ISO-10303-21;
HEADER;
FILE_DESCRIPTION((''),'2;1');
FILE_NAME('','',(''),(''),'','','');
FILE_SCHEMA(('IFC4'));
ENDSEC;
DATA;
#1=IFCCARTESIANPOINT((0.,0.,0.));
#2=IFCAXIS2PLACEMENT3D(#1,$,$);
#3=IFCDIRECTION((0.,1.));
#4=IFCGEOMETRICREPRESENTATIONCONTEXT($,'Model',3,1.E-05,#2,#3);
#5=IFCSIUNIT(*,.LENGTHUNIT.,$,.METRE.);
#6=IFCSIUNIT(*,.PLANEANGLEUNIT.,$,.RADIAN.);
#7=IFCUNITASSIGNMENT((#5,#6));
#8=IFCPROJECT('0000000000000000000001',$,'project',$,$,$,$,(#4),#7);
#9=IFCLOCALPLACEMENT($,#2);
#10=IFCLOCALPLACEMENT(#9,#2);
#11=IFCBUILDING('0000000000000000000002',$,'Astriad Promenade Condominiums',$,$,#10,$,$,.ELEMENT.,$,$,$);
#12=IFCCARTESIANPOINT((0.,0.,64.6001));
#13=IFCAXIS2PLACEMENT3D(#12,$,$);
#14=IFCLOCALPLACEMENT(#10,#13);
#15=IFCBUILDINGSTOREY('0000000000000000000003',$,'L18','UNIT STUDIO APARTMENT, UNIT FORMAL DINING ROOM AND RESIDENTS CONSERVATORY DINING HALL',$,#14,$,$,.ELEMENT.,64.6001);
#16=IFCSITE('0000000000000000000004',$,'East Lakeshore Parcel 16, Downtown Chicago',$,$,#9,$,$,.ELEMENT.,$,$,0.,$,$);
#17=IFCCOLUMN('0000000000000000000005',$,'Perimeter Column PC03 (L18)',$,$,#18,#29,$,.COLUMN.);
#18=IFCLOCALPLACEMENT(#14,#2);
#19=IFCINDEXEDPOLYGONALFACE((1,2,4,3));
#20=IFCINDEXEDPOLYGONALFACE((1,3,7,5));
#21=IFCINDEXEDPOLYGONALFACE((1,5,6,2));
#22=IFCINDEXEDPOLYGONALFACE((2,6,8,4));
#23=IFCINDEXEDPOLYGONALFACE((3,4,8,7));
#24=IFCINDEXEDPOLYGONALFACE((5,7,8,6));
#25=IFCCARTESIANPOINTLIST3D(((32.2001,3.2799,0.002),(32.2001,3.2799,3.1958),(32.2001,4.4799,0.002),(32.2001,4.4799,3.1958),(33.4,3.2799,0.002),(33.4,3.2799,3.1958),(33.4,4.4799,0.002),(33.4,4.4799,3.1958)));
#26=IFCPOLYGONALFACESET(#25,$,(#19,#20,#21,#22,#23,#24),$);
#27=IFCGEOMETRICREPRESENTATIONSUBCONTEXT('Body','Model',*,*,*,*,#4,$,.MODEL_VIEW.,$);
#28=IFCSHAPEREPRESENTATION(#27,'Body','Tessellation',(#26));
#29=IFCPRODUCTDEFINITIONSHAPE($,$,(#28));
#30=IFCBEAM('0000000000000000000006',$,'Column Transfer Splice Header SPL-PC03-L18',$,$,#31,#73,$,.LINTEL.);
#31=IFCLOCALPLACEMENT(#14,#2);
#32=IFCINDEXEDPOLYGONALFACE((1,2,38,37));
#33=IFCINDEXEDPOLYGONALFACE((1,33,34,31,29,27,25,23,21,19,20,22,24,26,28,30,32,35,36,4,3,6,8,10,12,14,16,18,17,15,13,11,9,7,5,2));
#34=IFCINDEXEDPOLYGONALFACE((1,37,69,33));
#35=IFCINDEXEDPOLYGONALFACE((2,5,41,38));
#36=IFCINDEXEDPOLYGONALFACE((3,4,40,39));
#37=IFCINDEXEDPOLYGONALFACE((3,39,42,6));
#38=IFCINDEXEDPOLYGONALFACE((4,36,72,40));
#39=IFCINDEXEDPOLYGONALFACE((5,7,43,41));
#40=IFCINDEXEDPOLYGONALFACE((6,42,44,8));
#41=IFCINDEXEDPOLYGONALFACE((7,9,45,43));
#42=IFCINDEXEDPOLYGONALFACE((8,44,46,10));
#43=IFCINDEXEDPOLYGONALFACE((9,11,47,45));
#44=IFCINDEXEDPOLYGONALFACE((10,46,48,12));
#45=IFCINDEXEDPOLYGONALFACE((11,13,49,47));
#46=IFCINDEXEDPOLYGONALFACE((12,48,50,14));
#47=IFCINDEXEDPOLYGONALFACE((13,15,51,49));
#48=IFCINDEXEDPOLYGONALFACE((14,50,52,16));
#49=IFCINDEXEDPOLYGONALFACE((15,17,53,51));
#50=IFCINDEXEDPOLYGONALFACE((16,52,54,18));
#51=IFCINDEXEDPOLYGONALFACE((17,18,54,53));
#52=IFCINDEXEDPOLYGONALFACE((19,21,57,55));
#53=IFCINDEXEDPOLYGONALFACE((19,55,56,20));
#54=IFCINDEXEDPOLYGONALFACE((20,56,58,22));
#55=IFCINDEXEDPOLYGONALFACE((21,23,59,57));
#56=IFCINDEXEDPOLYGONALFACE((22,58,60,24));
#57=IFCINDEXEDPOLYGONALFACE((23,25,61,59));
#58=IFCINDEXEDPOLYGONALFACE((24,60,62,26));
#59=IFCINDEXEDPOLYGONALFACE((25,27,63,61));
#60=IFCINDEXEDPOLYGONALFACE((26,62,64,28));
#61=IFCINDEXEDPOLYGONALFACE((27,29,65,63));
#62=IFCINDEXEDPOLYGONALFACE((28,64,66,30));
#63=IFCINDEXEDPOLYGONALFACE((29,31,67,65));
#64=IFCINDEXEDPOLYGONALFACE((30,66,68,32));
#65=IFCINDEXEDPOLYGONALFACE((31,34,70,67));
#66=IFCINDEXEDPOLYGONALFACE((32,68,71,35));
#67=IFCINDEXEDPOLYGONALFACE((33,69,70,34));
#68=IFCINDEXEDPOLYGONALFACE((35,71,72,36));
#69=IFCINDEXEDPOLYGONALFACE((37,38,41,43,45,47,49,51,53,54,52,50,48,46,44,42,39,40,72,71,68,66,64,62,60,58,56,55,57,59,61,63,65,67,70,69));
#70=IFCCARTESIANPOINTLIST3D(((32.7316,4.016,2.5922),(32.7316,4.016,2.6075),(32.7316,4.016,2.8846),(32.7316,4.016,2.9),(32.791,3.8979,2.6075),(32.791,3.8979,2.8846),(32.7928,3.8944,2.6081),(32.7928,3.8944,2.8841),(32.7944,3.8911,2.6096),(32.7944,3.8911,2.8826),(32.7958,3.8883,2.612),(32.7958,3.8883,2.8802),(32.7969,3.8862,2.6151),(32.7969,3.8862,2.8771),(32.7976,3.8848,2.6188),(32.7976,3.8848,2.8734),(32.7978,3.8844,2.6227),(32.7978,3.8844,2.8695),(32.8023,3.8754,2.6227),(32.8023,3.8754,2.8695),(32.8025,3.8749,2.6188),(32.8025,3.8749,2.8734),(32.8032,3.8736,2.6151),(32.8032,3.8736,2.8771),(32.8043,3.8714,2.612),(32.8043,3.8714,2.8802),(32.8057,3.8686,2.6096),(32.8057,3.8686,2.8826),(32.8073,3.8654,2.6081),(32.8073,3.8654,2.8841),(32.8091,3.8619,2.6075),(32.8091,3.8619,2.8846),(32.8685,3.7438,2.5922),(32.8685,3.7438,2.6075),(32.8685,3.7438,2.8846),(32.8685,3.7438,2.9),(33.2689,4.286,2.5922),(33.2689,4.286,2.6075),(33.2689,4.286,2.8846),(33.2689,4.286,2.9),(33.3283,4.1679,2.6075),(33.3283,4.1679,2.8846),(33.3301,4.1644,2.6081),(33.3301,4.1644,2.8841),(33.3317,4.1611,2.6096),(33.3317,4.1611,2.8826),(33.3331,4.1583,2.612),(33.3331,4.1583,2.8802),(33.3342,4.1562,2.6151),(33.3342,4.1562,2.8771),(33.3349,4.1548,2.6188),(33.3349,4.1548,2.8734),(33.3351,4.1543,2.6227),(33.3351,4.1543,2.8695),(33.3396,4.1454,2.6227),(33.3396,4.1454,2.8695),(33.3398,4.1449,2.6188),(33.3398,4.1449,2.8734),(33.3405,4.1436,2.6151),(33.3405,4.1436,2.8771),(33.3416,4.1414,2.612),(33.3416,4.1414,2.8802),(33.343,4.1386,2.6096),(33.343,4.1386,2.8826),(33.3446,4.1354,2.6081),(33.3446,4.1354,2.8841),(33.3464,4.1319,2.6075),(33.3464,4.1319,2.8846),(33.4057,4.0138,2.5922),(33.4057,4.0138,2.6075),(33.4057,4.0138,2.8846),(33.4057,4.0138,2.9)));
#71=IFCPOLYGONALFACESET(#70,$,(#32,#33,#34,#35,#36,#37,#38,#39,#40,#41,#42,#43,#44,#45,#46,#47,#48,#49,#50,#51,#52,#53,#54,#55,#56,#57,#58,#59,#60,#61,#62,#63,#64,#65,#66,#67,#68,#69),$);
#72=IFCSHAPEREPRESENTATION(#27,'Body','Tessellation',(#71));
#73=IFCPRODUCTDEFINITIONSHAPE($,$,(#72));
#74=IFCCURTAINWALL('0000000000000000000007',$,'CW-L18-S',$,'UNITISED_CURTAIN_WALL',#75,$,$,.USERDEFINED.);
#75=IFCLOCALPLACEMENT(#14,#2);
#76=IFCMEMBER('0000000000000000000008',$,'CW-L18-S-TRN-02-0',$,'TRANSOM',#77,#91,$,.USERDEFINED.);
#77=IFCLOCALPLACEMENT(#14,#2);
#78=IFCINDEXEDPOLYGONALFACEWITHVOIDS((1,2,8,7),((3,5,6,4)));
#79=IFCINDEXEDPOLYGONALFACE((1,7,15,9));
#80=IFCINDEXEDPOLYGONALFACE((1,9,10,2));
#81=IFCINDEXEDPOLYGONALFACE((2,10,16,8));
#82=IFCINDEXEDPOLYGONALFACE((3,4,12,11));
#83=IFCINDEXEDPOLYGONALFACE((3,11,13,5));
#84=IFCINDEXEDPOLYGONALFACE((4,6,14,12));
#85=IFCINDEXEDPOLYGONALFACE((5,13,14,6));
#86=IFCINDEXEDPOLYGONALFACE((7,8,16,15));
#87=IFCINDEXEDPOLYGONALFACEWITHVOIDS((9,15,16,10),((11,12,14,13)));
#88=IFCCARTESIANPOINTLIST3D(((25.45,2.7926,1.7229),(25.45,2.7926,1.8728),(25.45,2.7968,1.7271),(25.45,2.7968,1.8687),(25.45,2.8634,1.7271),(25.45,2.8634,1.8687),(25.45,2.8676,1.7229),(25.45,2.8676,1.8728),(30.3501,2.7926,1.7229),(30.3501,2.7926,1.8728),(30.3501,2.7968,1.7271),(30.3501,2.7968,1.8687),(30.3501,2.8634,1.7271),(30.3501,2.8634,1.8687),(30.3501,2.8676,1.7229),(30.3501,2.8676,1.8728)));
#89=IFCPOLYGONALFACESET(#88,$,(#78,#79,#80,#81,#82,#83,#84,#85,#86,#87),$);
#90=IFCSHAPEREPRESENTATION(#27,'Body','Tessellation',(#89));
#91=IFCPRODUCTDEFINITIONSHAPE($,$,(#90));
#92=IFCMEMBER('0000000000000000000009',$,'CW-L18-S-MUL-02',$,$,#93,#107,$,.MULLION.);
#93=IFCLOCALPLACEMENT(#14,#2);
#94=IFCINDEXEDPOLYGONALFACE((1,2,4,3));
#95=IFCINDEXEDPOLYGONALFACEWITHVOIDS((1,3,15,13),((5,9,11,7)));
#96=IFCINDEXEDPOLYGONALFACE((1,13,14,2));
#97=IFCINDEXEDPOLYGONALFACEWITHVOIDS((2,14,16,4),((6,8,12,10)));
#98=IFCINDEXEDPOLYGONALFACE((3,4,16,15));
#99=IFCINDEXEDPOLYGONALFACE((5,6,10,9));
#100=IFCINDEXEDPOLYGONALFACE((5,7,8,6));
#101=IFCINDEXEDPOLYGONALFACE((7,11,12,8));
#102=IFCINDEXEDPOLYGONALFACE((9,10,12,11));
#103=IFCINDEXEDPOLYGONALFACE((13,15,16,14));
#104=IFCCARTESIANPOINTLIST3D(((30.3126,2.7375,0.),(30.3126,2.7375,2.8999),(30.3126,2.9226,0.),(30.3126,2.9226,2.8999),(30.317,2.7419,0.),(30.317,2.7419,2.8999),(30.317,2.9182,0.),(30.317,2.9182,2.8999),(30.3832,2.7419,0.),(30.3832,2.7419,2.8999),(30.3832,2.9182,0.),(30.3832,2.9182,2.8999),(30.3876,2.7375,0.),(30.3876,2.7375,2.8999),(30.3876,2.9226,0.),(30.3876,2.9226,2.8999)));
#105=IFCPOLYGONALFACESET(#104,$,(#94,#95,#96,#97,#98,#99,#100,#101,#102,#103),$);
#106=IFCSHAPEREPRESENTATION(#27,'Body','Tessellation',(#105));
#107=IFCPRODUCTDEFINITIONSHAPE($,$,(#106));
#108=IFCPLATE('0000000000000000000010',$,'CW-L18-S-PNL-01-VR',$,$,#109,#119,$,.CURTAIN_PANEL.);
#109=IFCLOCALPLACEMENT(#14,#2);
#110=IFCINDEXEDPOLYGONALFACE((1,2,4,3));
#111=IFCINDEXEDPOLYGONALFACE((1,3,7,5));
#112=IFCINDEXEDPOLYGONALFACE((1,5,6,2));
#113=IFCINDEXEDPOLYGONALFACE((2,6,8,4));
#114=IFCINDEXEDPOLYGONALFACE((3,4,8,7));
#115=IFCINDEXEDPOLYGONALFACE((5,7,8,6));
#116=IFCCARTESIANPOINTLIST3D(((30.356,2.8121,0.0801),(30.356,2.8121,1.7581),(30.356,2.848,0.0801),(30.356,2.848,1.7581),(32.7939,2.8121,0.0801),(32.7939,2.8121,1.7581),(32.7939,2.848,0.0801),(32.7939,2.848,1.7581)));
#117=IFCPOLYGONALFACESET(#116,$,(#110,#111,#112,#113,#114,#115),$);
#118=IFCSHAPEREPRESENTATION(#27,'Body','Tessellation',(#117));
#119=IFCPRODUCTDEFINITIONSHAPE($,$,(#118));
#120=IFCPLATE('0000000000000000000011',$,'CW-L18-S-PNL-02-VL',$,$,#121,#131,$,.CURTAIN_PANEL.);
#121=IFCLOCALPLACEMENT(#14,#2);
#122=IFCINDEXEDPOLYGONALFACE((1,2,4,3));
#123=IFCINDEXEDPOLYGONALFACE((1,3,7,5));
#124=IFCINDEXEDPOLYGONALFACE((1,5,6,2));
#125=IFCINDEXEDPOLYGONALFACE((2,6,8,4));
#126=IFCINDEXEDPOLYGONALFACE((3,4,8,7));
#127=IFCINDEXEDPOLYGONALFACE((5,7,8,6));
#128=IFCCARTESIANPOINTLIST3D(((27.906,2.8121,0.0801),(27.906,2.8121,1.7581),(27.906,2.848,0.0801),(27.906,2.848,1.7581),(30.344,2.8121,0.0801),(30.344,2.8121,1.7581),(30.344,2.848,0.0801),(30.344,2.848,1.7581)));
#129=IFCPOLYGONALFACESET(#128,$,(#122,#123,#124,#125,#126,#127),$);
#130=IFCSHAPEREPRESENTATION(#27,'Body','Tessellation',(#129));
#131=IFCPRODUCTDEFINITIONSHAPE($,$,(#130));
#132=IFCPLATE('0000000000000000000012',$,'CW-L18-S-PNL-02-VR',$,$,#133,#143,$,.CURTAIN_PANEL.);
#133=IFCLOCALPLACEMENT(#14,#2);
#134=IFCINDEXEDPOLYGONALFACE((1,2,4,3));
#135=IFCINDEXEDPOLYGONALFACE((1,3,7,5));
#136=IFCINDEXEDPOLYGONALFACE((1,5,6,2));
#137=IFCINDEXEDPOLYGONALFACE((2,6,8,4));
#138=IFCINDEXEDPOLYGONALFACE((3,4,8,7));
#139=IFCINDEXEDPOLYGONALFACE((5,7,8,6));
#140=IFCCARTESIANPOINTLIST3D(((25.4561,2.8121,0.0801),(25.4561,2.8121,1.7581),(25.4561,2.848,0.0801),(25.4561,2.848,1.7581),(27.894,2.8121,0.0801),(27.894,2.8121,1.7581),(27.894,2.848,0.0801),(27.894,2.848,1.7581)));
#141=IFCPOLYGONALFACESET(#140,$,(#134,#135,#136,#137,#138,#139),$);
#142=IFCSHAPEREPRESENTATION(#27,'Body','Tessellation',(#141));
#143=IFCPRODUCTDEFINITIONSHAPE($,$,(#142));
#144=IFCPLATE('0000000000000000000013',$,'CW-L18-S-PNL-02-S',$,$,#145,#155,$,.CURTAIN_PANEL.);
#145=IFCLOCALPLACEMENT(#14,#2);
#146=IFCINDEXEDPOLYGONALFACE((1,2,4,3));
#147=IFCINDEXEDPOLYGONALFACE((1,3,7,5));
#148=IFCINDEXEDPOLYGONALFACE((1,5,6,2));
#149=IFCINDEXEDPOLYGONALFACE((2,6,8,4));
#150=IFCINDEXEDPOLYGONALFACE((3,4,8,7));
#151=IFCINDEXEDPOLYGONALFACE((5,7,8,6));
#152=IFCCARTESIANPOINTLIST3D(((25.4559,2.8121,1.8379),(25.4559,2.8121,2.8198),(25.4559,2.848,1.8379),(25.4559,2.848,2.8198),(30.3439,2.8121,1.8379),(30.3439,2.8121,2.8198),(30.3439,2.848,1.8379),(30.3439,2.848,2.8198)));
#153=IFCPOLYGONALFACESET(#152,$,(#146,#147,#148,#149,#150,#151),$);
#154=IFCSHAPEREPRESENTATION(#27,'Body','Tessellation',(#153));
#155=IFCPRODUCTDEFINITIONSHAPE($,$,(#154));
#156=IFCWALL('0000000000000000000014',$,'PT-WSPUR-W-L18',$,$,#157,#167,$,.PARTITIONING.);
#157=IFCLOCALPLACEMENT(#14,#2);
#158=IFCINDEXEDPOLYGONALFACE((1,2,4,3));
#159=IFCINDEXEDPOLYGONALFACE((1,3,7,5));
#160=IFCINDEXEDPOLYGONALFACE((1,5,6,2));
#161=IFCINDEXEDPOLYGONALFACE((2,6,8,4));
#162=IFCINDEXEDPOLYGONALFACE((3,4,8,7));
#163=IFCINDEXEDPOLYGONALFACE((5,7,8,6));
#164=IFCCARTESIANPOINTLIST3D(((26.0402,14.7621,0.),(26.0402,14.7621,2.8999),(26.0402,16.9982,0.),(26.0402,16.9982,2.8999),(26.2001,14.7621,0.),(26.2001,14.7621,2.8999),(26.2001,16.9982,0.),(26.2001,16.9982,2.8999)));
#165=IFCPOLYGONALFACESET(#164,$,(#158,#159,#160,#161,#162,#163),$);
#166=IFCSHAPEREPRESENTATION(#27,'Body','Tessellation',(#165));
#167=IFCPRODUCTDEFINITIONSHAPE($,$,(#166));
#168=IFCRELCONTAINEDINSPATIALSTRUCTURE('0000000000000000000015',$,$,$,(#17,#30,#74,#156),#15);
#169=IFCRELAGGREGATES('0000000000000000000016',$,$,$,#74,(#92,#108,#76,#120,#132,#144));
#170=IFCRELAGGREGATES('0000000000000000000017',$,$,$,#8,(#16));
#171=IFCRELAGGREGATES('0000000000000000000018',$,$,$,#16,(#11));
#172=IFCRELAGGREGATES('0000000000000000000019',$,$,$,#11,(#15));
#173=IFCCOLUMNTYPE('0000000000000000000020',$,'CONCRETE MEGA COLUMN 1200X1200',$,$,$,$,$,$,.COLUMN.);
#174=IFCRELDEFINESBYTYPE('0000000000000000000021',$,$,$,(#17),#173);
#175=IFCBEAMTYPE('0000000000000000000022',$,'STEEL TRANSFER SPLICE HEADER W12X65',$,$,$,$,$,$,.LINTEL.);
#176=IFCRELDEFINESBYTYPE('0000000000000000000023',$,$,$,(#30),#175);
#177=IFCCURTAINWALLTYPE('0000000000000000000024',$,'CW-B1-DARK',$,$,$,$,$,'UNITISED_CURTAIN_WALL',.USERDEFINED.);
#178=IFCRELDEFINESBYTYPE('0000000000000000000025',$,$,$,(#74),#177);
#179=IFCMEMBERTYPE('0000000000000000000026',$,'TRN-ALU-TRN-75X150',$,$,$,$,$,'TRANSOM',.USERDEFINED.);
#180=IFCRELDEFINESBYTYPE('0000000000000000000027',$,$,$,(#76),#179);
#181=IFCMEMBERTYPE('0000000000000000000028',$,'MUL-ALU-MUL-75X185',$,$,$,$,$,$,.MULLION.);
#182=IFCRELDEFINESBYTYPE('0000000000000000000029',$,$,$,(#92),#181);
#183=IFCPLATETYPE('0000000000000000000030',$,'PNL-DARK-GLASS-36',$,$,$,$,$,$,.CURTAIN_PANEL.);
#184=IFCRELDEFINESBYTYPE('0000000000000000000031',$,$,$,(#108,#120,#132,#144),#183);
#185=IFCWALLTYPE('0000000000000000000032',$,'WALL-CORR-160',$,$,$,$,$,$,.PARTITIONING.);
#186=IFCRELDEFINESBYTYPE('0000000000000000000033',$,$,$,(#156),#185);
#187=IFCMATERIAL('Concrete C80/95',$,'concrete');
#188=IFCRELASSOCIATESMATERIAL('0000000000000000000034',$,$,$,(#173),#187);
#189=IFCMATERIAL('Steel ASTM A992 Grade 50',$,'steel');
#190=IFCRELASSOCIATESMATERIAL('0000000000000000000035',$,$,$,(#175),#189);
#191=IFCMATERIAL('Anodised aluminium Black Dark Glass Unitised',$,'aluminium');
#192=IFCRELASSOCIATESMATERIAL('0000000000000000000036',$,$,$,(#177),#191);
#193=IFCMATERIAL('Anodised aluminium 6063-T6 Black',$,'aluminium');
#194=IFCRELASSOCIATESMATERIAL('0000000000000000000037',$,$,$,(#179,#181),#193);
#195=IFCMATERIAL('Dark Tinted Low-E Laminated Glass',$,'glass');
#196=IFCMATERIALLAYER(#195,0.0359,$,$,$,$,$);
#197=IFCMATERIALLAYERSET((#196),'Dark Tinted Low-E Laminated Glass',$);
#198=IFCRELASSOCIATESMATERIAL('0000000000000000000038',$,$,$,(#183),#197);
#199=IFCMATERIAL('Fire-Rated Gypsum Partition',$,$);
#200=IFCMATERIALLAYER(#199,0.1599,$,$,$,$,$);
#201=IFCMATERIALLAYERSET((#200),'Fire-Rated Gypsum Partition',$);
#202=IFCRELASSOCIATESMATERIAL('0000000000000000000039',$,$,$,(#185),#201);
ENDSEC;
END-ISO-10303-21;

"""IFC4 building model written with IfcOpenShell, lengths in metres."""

from ifc_helpers import new_model, si_unit, direction, frame, frame_2d, origin, origin_2d, place, context, subcontext, project, spatial, rectangle, hollow_rectangle, i_section, extrude, source, transform, mapped, material, layer, layer_set, material_profile, profile_set, type_object, type_shapes, element, aggregate, save


model = new_model("IFC4")

# Units and contexts
model_context = context("Model", 3, precision=1e-05, world=origin(), true_north=direction((0.0, 1.0)))
body_context = subcontext(model_context, "Body", "Model", "MODEL_VIEW")
ifc_project = project(units=[si_unit("LENGTHUNIT", "METRE"), si_unit("PLANEANGLEUNIT", "RADIAN")], contexts=[model_context])

# Site, building, storey
site_placement = place(None, origin())
site = spatial("IfcSite", under=ifc_project, at=site_placement, Name="East Lakeshore Parcel 16, Downtown Chicago", CompositionType="ELEMENT", RefElevation=0.0)
building_placement = place(site_placement, origin())
building = spatial("IfcBuilding", under=site, at=building_placement, Name="Astriad Promenade Condominiums", CompositionType="ELEMENT")
storey_placement = place(building_placement, frame((0.0, 0.0, 64.6001)))
storey = spatial("IfcBuildingStorey", under=building, at=storey_placement, Name="L18", Description="UNIT STUDIO APARTMENT, UNIT FORMAL DINING ROOM AND RESIDENTS CONSERVATORY DINING HALL", CompositionType="ELEMENT", Elevation=64.6001)

# Column
ifc_material_1 = material(Name="Concrete C80/95", Category="concrete")
ifc_material_profile_1 = material_profile(ifc_material_1, rectangle(XDim=1.2, YDim=1.2, at=origin_2d()), Name="RC-COL-1200X1200")
ifc_profile_set_1 = profile_set([ifc_material_profile_1], Name="Concrete C80/95")
column_type = type_object("IfcColumnType", Name="CONCRETE MEGA COLUMN 1200X1200", PredefinedType="COLUMN", material=ifc_profile_set_1)
shared_shape_1 = source(origin(), body_context, "Body", "SweptSolid", [
    extrude(rectangle(XDim=1.2, YDim=1.2, at=origin_2d()), origin(), (0.0, 0.0, 1.0), 3.1938),
])
type_shapes(column_type, [shared_shape_1])
column_placement = place(storey_placement, frame((32.8, 3.8799, 0.002), z_axis=(0.0, 0.0, 1.0), x_axis=(1.0, 0.0, 0.0)))
element("IfcColumn", 1, at=column_placement, inside=storey, type_object=column_type, Name="Perimeter Column PC03 (L18)", PredefinedType="COLUMN", context=body_context, shape_type="MappedRepresentation", body=[
    mapped(shared_shape_1, transform((0.0, 0.0, 0.0), scale=1.0)),
])

# Beam
ifc_material_2 = material(Name="Steel ASTM A992 Grade 50", Category="steel")
ifc_material_profile_2 = material_profile(ifc_material_2, i_section(OverallWidth=0.3047, OverallDepth=0.3079, WebThickness=0.01, FlangeThickness=0.0154, FilletRadius=0.0151, at=origin_2d()), Name="W12X65")
ifc_profile_set_2 = profile_set([ifc_material_profile_2], Name="Steel ASTM A992 Grade 50")
beam_type = type_object("IfcBeamType", Name="STEEL TRANSFER SPLICE HEADER W12X65", PredefinedType="LINTEL", material=ifc_profile_set_2)
shared_shape_2 = source(origin(), body_context, "Body", "SweptSolid", [
    extrude(i_section(OverallWidth=0.3047, OverallDepth=0.3079, WebThickness=0.01, FlangeThickness=0.0154, FilletRadius=0.0151, at=origin_2d()), origin(), (0.0, 0.0, 1.0), 0.6013),
])
type_shapes(beam_type, [shared_shape_2])
beam_placement = place(storey_placement, frame((32.8, 3.8799, 2.7461), z_axis=(0.893532, 0.448999, 0.0), x_axis=(-0.448999, 0.893532, 0.0)))
element("IfcBeam", 2, at=beam_placement, inside=storey, type_object=beam_type, Name="Column Transfer Splice Header SPL-PC03-L18", PredefinedType="LINTEL", context=body_context, shape_type="MappedRepresentation", body=[
    mapped(shared_shape_2, transform((0.0, 0.0, 0.0), scale=1.0)),
])

# Curtain wall, members, plates
ifc_material_3 = material(Name="Anodised aluminium Black Dark Glass Unitised", Category="aluminium")
curtain_wall_type = type_object("IfcCurtainWallType", Name="CW-B1-DARK", ElementType="UNITISED_CURTAIN_WALL", PredefinedType="USERDEFINED", material=ifc_material_3)
curtain_wall_placement = place(storey_placement, origin())
curtain_wall = element("IfcCurtainWall", 3, at=curtain_wall_placement, inside=storey, type_object=curtain_wall_type, Name="CW-L18-S", ObjectType="UNITISED_CURTAIN_WALL", PredefinedType="USERDEFINED")
ifc_material_4 = material(Name="Anodised aluminium 6063-T6 Black", Category="aluminium")
ifc_material_profile_3 = material_profile(ifc_material_4, hollow_rectangle(XDim=0.075, YDim=0.1499, WallThickness=0.0042, at=origin_2d()), Name="ALU-TRN-75X150")
ifc_profile_set_3 = profile_set([ifc_material_profile_3], Name="Anodised aluminium 6063-T6 Black")
member_type_1 = type_object("IfcMemberType", Name="TRN-ALU-TRN-75X150", ElementType="TRANSOM", PredefinedType="USERDEFINED", material=ifc_profile_set_3)
shared_shape_3 = source(origin(), body_context, "Body", "SweptSolid", [
    extrude(hollow_rectangle(XDim=0.075, YDim=0.1499, WallThickness=0.0042, at=origin_2d()), origin(), (0.0, 0.0, 1.0), 4.9001),
])
type_shapes(member_type_1, [shared_shape_3])
member_1_placement = place(storey_placement, frame((30.3501, 2.8301, 1.7979), z_axis=(-1.0, 0.0, 0.0), x_axis=(0.0, -1.0, 0.0)))
member_1 = element("IfcMember", 4, at=member_1_placement, type_object=member_type_1, Name="CW-L18-S-TRN-02-0", ObjectType="TRANSOM", PredefinedType="USERDEFINED", context=body_context, shape_type="MappedRepresentation", body=[
    mapped(shared_shape_3, transform((0.0, 0.0, 0.0), scale=1.0)),
])
ifc_material_profile_4 = material_profile(ifc_material_4, hollow_rectangle(XDim=0.075, YDim=0.1851, WallThickness=0.0044, at=origin_2d()), Name="ALU-MUL-75X185")
ifc_profile_set_4 = profile_set([ifc_material_profile_4], Name="Anodised aluminium 6063-T6 Black")
member_type_2 = type_object("IfcMemberType", Name="MUL-ALU-MUL-75X185", PredefinedType="MULLION", material=ifc_profile_set_4)
shared_shape_4 = source(origin(), body_context, "Body", "SweptSolid", [
    extrude(hollow_rectangle(XDim=0.075, YDim=0.1851, WallThickness=0.0044, at=origin_2d()), origin(), (0.0, 0.0, 1.0), 2.8999),
])
type_shapes(member_type_2, [shared_shape_4])
member_2_placement = place(storey_placement, frame((30.3501, 2.8301, 0.0), z_axis=(0.0, 0.0, 1.0), x_axis=(1.0, 0.0, 0.0)))
member_2 = element("IfcMember", 5, at=member_2_placement, type_object=member_type_2, Name="CW-L18-S-MUL-02", PredefinedType="MULLION", context=body_context, shape_type="MappedRepresentation", body=[
    mapped(shared_shape_4, transform((0.0, 0.0, 0.0), scale=1.0)),
])
ifc_material_5 = material(Name="Dark Tinted Low-E Laminated Glass", Category="glass")
ifc_layer_1 = layer(ifc_material_5, 0.0359)
ifc_layer_set_1 = layer_set([ifc_layer_1], Name="Dark Tinted Low-E Laminated Glass")
plate_type = type_object("IfcPlateType", Name="PNL-DARK-GLASS-36", PredefinedType="CURTAIN_PANEL", material=ifc_layer_set_1)
shared_shape_5 = source(origin(), body_context, "Body", "SweptSolid", [
    extrude(rectangle(XDim=2.438, YDim=0.0359, at=origin_2d()), origin(), (0.0, 0.0, 1.0), 1.678),
])
plate_1_placement = place(storey_placement, frame((31.575, 2.8301, 0.0801), z_axis=(0.0, 0.0, 1.0), x_axis=(-1.0, 0.0, 0.0)))
plate_1 = element("IfcPlate", 6, at=plate_1_placement, type_object=plate_type, Name="CW-L18-S-PNL-01-VR", PredefinedType="CURTAIN_PANEL", context=body_context, shape_type="MappedRepresentation", body=[
    mapped(shared_shape_5, transform((0.0, 0.0, 0.0), scale=1.0)),
])
plate_2_placement = place(storey_placement, frame((29.125, 2.8301, 0.0801), z_axis=(0.0, 0.0, 1.0), x_axis=(-1.0, 0.0, 0.0)))
plate_2 = element("IfcPlate", 7, at=plate_2_placement, type_object=plate_type, Name="CW-L18-S-PNL-02-VL", PredefinedType="CURTAIN_PANEL", context=body_context, shape_type="MappedRepresentation", body=[
    mapped(shared_shape_5, transform((0.0, 0.0, 0.0), scale=1.0)),
])
plate_3_placement = place(storey_placement, frame((26.675, 2.8301, 0.0801), z_axis=(0.0, 0.0, 1.0), x_axis=(-1.0, 0.0, 0.0)))
plate_3 = element("IfcPlate", 8, at=plate_3_placement, type_object=plate_type, Name="CW-L18-S-PNL-02-VR", PredefinedType="CURTAIN_PANEL", context=body_context, shape_type="MappedRepresentation", body=[
    mapped(shared_shape_5, transform((0.0, 0.0, 0.0), scale=1.0)),
])
shared_shape_6 = source(origin(), body_context, "Body", "SweptSolid", [
    extrude(rectangle(XDim=4.8879, YDim=0.0359, at=origin_2d()), origin(), (0.0, 0.0, 1.0), 0.9819),
])
type_shapes(plate_type, [shared_shape_5, shared_shape_6])
plate_4_placement = place(storey_placement, frame((27.8999, 2.8301, 1.8379), z_axis=(0.0, 0.0, 1.0), x_axis=(-1.0, 0.0, 0.0)))
plate_4 = element("IfcPlate", 9, at=plate_4_placement, type_object=plate_type, Name="CW-L18-S-PNL-02-S", PredefinedType="CURTAIN_PANEL", context=body_context, shape_type="MappedRepresentation", body=[
    mapped(shared_shape_6, transform((0.0, 0.0, 0.0), scale=1.0)),
])
aggregate(curtain_wall, [member_2, plate_1, member_1, plate_2, plate_3, plate_4])

# Wall
ifc_material_6 = material(Name="Fire-Rated Gypsum Partition")
ifc_layer_2 = layer(ifc_material_6, 0.1599)
ifc_layer_set_2 = layer_set([ifc_layer_2], Name="Fire-Rated Gypsum Partition")
wall_type_1 = type_object("IfcWallType", Name="WALL-CORR-160", PredefinedType="PARTITIONING", material=ifc_layer_set_2)
wall_1_placement = place(storey_placement, frame((26.1201, 14.762, 0.0), z_axis=(0.0, 0.0, 1.0), x_axis=(0.0, 1.0, 0.0)))
element("IfcWall", 10, at=wall_1_placement, inside=storey, type_object=wall_type_1, Name="PT-WSPUR-W-L18", PredefinedType="PARTITIONING", context=body_context, shape_type="SweptSolid", body=[
    extrude(rectangle(XDim=2.2361, YDim=0.1599, at=frame_2d((1.1182, 0.0))), origin(), (0.0, 0.0, 1.0), 2.8999),
])

save(model, "model.ifc")
